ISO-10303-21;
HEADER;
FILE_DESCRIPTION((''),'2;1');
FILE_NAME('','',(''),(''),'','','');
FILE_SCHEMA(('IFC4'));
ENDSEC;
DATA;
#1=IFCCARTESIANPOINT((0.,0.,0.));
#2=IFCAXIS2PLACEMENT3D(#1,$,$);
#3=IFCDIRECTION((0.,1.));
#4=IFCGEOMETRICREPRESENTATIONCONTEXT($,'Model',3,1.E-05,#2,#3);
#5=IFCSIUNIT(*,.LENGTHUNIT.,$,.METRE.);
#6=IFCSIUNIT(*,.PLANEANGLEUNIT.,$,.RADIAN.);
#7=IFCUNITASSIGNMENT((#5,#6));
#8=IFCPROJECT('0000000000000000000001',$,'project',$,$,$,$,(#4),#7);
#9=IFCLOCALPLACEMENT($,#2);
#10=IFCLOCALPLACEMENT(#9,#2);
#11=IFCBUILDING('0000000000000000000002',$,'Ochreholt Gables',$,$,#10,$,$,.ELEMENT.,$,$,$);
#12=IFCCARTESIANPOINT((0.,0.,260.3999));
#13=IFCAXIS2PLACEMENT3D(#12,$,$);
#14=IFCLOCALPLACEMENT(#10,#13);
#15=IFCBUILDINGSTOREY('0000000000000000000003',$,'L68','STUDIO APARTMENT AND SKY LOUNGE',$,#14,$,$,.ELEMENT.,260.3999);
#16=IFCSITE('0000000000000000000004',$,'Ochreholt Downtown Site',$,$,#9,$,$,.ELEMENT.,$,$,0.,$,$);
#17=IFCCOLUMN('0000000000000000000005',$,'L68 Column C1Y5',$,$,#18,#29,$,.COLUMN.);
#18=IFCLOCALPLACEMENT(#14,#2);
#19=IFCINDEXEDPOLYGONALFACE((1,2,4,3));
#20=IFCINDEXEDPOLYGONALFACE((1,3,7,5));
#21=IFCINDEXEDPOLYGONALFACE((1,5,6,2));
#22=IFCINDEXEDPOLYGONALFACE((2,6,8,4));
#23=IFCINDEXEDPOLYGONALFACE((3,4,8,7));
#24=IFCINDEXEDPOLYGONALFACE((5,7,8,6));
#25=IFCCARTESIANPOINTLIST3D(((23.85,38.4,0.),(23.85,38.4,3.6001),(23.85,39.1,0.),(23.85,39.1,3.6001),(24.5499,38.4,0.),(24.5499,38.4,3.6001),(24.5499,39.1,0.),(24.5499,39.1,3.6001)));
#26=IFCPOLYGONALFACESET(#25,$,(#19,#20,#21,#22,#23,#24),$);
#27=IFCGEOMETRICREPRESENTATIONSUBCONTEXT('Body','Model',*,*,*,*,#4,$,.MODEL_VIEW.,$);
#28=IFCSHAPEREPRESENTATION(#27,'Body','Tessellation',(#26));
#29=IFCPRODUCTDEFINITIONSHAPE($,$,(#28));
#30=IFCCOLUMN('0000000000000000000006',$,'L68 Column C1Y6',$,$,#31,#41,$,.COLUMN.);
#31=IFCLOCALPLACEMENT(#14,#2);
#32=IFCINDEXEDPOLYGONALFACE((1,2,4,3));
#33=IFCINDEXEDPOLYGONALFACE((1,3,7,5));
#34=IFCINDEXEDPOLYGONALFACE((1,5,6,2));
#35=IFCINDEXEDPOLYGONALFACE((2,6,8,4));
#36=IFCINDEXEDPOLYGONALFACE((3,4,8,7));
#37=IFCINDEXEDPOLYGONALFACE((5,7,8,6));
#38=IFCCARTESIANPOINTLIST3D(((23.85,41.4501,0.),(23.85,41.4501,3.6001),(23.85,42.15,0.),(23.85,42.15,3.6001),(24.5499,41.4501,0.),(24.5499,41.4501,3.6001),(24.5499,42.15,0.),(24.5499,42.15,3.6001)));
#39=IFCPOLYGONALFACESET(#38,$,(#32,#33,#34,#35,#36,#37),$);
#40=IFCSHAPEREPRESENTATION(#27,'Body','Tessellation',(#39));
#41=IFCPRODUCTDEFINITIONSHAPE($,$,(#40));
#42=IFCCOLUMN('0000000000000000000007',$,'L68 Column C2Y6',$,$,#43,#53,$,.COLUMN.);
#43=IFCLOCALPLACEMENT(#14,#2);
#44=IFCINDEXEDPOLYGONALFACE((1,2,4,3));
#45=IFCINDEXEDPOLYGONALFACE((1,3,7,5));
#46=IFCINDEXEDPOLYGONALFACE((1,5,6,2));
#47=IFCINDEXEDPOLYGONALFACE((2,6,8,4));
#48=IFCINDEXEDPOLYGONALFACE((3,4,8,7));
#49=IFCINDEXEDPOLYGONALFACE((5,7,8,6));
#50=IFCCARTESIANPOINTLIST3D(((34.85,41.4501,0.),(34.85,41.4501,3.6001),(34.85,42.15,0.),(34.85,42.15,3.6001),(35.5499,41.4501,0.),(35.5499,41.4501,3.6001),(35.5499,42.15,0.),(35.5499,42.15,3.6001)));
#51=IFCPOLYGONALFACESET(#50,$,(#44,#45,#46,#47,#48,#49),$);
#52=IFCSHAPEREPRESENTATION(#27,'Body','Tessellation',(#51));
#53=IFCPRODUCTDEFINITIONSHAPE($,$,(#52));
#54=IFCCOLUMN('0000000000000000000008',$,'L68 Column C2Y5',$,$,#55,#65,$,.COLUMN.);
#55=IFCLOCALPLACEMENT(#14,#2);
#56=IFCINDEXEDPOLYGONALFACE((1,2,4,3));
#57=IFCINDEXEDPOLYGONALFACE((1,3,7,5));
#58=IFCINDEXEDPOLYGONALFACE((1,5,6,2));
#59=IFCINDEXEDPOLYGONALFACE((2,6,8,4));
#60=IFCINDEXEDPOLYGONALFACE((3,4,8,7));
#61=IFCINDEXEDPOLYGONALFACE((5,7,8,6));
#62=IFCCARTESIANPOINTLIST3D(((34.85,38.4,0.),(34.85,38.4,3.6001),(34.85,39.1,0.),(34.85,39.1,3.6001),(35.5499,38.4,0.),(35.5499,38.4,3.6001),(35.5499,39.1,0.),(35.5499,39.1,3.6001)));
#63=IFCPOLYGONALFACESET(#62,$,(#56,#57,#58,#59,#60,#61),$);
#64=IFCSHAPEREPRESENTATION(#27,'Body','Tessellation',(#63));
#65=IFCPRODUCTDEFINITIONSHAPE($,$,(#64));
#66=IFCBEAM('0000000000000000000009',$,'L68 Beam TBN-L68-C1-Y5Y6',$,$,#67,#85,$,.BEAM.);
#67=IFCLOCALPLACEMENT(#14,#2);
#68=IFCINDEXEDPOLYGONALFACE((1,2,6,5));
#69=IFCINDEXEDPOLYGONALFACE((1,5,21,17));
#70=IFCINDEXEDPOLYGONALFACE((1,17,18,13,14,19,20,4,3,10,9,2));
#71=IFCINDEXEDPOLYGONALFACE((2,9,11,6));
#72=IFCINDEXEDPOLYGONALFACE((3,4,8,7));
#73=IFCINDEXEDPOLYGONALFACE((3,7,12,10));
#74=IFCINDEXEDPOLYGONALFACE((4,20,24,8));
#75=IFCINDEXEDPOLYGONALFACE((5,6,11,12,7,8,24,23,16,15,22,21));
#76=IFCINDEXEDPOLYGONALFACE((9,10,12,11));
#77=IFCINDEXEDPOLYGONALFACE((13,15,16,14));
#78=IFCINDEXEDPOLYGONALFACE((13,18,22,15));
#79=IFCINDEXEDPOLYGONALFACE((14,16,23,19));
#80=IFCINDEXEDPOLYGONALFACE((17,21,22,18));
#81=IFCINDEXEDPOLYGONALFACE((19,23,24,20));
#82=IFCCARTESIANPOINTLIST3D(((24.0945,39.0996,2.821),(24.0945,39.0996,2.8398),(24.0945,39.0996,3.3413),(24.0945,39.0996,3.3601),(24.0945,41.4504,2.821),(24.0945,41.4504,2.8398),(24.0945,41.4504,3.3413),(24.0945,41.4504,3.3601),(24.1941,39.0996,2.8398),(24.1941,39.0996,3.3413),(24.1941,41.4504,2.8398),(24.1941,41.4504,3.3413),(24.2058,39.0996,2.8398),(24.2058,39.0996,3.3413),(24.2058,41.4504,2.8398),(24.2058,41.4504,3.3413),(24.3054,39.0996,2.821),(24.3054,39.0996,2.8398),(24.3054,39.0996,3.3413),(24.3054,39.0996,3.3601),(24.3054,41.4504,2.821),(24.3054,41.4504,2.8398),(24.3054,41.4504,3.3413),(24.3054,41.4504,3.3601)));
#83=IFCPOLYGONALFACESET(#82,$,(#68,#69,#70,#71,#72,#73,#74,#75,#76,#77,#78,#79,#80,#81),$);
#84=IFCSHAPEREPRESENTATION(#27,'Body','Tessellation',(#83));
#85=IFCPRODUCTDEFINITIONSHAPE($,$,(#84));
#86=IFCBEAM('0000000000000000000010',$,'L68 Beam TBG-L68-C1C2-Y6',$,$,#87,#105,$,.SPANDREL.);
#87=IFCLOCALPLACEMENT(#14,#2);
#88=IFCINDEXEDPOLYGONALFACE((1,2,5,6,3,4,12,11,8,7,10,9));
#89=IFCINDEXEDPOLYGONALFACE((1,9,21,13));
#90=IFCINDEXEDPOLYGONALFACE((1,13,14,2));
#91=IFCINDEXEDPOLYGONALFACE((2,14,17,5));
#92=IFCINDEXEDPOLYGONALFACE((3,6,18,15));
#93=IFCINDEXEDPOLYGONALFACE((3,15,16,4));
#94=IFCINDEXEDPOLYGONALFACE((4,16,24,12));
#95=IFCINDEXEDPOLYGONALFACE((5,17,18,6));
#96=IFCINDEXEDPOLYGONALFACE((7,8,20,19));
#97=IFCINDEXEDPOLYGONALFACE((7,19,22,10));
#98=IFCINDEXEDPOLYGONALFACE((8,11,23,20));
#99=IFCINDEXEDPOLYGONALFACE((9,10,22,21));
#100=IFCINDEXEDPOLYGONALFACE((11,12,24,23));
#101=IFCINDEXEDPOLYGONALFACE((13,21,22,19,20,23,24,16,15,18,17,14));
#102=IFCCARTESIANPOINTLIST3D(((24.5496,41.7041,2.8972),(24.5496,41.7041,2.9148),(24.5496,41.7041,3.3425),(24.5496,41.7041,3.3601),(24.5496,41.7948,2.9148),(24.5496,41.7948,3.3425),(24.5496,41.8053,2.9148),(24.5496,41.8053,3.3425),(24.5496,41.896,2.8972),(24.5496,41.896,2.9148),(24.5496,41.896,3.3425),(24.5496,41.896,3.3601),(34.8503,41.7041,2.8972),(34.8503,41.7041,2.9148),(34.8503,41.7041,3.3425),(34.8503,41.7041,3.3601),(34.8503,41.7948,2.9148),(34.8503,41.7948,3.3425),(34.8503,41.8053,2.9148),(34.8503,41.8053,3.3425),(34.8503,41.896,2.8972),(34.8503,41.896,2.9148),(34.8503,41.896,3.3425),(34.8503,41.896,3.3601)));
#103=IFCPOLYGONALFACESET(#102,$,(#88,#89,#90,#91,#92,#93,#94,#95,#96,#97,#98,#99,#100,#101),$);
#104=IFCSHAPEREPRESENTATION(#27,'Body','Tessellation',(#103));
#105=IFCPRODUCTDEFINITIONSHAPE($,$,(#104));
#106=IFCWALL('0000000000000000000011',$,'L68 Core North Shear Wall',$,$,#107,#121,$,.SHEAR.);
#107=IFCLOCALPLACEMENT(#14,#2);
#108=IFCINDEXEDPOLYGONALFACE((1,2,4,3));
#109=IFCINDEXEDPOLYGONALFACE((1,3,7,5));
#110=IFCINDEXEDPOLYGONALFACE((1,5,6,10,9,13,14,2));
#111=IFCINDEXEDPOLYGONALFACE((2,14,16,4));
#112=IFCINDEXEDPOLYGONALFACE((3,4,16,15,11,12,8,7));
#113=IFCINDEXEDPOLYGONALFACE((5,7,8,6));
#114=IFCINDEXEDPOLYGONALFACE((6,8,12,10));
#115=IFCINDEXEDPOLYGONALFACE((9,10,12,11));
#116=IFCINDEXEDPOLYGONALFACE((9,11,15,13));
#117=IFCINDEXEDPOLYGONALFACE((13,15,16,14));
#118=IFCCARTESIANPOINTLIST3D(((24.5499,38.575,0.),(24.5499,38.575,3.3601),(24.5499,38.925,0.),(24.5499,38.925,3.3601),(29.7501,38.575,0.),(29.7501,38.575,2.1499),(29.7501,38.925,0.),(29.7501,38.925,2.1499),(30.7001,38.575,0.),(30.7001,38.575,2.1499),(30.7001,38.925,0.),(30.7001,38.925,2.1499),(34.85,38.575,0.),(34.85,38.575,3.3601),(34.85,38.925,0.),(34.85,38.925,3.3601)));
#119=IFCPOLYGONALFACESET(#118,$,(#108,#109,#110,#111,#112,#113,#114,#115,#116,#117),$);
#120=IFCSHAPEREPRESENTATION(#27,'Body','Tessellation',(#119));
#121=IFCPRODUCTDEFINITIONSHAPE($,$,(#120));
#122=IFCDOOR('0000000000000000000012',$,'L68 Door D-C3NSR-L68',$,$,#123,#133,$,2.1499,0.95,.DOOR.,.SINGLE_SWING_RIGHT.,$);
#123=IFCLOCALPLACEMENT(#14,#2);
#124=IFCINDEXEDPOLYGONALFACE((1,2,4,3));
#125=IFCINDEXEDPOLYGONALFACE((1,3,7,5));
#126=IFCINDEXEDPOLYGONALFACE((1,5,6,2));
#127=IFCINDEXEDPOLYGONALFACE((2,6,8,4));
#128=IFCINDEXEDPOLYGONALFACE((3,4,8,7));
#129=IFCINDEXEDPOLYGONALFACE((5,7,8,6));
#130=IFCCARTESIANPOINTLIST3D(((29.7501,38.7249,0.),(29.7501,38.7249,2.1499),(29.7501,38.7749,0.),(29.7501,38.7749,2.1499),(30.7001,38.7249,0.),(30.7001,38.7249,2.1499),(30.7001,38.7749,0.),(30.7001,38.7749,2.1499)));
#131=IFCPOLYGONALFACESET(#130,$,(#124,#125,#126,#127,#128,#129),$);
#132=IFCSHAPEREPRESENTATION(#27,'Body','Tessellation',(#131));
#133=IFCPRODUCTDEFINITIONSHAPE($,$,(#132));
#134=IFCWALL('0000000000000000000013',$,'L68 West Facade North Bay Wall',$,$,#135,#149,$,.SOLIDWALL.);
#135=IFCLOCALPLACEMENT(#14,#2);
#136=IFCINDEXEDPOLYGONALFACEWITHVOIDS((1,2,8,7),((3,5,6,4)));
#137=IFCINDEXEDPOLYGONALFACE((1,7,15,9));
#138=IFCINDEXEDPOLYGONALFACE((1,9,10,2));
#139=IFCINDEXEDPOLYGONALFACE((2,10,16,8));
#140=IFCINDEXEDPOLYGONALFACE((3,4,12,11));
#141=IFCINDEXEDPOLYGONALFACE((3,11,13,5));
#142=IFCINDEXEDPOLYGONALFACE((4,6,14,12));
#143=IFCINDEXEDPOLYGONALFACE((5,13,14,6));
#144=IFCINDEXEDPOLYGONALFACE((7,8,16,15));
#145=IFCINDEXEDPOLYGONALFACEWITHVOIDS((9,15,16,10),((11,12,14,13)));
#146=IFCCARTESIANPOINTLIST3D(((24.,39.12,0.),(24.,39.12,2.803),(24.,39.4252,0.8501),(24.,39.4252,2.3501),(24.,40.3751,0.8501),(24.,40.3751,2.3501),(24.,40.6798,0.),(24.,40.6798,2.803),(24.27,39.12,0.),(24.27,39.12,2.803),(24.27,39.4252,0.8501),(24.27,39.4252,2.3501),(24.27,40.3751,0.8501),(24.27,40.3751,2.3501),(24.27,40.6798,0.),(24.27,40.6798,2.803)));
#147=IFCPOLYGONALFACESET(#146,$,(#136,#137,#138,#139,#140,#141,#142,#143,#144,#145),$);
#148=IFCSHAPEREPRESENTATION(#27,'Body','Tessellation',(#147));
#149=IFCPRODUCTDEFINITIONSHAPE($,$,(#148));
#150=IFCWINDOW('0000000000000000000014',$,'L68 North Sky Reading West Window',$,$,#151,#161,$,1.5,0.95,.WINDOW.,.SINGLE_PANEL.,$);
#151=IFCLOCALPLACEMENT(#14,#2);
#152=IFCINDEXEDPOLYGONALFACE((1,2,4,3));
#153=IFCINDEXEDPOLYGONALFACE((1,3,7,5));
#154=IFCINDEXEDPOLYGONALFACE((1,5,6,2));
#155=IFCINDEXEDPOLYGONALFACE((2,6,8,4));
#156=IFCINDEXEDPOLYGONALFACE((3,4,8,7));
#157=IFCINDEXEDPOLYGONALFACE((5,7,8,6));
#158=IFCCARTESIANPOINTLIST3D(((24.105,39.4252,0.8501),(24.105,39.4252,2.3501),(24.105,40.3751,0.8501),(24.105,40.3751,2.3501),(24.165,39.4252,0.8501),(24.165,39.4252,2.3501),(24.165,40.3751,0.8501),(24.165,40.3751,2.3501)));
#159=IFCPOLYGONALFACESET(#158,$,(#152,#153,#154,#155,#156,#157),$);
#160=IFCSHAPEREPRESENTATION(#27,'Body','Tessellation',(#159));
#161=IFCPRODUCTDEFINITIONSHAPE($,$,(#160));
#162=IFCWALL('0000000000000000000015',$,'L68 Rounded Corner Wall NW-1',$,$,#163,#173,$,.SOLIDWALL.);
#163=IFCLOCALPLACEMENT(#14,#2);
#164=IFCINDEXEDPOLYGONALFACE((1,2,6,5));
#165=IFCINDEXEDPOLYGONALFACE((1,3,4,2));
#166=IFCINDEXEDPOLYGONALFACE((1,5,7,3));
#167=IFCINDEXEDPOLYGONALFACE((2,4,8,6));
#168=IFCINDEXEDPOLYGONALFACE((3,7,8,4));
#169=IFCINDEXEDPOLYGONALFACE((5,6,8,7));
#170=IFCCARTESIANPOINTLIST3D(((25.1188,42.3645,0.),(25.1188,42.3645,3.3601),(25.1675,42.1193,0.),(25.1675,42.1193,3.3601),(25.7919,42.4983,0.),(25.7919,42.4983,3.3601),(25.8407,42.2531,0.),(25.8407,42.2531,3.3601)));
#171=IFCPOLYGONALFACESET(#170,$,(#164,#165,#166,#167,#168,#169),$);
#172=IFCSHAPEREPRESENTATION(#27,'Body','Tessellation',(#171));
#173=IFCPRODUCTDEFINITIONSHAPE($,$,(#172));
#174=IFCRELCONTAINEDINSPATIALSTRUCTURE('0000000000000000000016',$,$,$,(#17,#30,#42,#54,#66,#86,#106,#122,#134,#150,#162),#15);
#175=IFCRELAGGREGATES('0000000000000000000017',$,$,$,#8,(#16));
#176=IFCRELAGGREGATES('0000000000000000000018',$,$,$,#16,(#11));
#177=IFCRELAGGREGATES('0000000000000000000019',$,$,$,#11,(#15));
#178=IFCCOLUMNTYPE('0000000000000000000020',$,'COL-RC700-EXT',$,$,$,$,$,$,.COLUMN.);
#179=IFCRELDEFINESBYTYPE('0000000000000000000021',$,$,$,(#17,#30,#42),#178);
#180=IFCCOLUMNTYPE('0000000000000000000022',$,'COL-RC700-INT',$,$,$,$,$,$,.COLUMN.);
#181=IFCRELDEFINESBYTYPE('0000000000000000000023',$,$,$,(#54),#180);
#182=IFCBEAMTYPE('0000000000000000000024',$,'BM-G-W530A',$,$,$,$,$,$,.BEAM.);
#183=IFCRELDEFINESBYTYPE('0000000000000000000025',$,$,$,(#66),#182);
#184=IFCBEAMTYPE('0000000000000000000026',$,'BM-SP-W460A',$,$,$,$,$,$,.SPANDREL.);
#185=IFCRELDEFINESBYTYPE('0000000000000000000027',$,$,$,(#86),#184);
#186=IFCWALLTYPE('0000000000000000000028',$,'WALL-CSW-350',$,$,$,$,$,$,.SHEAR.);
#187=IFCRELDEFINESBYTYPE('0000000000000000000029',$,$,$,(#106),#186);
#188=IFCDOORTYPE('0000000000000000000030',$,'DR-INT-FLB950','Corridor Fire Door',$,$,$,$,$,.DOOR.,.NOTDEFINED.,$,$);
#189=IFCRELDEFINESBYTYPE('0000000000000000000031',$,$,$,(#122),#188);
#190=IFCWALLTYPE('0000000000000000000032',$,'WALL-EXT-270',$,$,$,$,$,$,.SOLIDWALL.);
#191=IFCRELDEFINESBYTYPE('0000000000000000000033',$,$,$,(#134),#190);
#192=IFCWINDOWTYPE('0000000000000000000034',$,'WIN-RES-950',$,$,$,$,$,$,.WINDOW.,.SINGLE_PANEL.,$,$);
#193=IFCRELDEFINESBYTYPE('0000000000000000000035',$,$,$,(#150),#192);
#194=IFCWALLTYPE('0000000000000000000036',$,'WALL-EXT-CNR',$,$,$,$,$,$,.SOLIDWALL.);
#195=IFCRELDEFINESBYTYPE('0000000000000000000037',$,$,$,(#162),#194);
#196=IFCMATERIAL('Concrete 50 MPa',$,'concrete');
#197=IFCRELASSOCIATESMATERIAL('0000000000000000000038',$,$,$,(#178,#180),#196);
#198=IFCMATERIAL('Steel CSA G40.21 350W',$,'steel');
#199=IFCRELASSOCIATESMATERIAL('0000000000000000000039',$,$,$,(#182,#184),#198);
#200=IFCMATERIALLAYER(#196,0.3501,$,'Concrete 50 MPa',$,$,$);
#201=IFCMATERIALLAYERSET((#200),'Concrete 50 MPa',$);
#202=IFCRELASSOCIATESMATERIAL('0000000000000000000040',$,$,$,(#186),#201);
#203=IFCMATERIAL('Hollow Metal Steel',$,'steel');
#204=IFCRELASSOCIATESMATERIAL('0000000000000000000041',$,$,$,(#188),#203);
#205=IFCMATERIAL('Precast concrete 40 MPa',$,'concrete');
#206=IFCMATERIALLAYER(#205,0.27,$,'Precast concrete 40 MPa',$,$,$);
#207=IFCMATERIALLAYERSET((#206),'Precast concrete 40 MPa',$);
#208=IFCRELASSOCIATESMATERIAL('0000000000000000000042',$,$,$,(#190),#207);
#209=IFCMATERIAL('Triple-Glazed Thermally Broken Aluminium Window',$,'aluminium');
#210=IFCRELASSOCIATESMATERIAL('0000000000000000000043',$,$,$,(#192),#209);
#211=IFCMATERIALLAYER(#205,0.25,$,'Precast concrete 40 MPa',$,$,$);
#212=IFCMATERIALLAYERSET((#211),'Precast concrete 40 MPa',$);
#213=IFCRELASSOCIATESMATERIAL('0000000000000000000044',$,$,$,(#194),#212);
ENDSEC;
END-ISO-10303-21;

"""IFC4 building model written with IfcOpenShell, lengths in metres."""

from ifc_helpers import new_model, si_unit, direction, frame, frame_2d, origin, origin_2d, place, context, subcontext, project, spatial, rectangle, i_section, extrude, material, layer, layer_set, material_profile, profile_set, type_object, element, fill, save


model = new_model("IFC4")

# Units and contexts
model_context = context("Model", 3, precision=1e-05, world=origin(), true_north=direction((0.0, 1.0)))
body_context = subcontext(model_context, "Body", "Model", "MODEL_VIEW")
ifc_project = project(units=[si_unit("LENGTHUNIT", "METRE"), si_unit("PLANEANGLEUNIT", "RADIAN")], contexts=[model_context])

# Site, building, storey
site_placement = place(None, origin())
site = spatial("IfcSite", under=ifc_project, at=site_placement, Name="Ochreholt Downtown Site", CompositionType="ELEMENT", RefElevation=0.0)
building_placement = place(site_placement, origin())
building = spatial("IfcBuilding", under=site, at=building_placement, Name="Ochreholt Gables", CompositionType="ELEMENT")
storey_placement = place(building_placement, frame((0.0, 0.0, 260.3999)))
storey = spatial("IfcBuildingStorey", under=building, at=storey_placement, Name="L68", Description="STUDIO APARTMENT AND SKY LOUNGE", CompositionType="ELEMENT", Elevation=260.3999)

# Columns
ifc_material_1 = material(Name="Concrete 50 MPa", Category="concrete")
ifc_material_profile_1 = material_profile(ifc_material_1, rectangle(XDim=0.7, YDim=0.7, at=origin_2d()), Name="RC700X700")
ifc_profile_set_1 = profile_set([ifc_material_profile_1], Name="Concrete 50 MPa")
column_type_1 = type_object("IfcColumnType", Name="COL-RC700-EXT", PredefinedType="COLUMN", material=ifc_profile_set_1)
for number, where, z_axis, x_axis, name in (
    (1, (24.2, 38.75, 0.0), (0.0, 0.0, 1.0), (1.0, 0.0, 0.0), "L68 Column C1Y5"),
    (2, (24.2, 41.8, 0.0), (0.0, 0.0, 1.0), (1.0, 0.0, 0.0), "L68 Column C1Y6"),
    (3, (35.2, 41.8, 0.0), (0.0, 0.0, 1.0), (1.0, 0.0, 0.0), "L68 Column C2Y6"),
):
    element("IfcColumn", number, at=place(storey_placement, frame(where, z_axis=z_axis, x_axis=x_axis)), inside=storey, type_object=column_type_1, Name=name, PredefinedType="COLUMN", context=body_context, shape_type="SweptSolid", body=[
        extrude(rectangle(XDim=0.7, YDim=0.7, at=origin_2d()), origin(), (0.0, 0.0, 1.0), 3.6001),
    ])
ifc_material_profile_2 = material_profile(ifc_material_1, rectangle(XDim=0.7, YDim=0.7, at=origin_2d()), Name="RC700X700")
ifc_profile_set_2 = profile_set([ifc_material_profile_2], Name="Concrete 50 MPa")
column_type_2 = type_object("IfcColumnType", Name="COL-RC700-INT", PredefinedType="COLUMN", material=ifc_profile_set_2)
column_placement = place(storey_placement, frame((35.2, 38.75, 0.0), z_axis=(0.0, 0.0, 1.0), x_axis=(1.0, 0.0, 0.0)))
element("IfcColumn", 4, at=column_placement, inside=storey, type_object=column_type_2, Name="L68 Column C2Y5", PredefinedType="COLUMN", context=body_context, shape_type="SweptSolid", body=[
    extrude(rectangle(XDim=0.7, YDim=0.7, at=origin_2d()), origin(), (0.0, 0.0, 1.0), 3.6001),
])

# Beams
ifc_material_2 = material(Name="Steel CSA G40.21 350W", Category="steel")
ifc_material_profile_3 = material_profile(ifc_material_2, i_section(OverallWidth=0.2109, OverallDepth=0.5391, WebThickness=0.0117, FlangeThickness=0.0188, at=origin_2d()), Name="W530X109")
ifc_profile_set_3 = profile_set([ifc_material_profile_3], Name="Steel CSA G40.21 350W")
beam_type_1 = type_object("IfcBeamType", Name="BM-G-W530A", PredefinedType="BEAM", material=ifc_profile_set_3)
beam_1_placement = place(storey_placement, frame((24.2, 39.0996, 3.0906), z_axis=(0.0, 1.0, 0.0), x_axis=(-1.0, 0.0, 0.0)))
element("IfcBeam", 5, at=beam_1_placement, inside=storey, type_object=beam_type_1, Name="L68 Beam TBN-L68-C1-Y5Y6", PredefinedType="BEAM", context=body_context, shape_type="SweptSolid", body=[
    extrude(i_section(OverallWidth=0.2109, OverallDepth=0.5391, WebThickness=0.0117, FlangeThickness=0.0188, at=origin_2d()), origin(), (0.0, 0.0, 1.0), 2.3508),
])
ifc_material_profile_4 = material_profile(ifc_material_2, i_section(OverallWidth=0.1919, OverallDepth=0.4629, WebThickness=0.0105, FlangeThickness=0.0176, at=origin_2d()), Name="W460X89")
ifc_profile_set_4 = profile_set([ifc_material_profile_4], Name="Steel CSA G40.21 350W")
beam_type_2 = type_object("IfcBeamType", Name="BM-SP-W460A", PredefinedType="SPANDREL", material=ifc_profile_set_4)
beam_2_placement = place(storey_placement, frame((24.5496, 41.8, 3.1287), z_axis=(1.0, 0.0, 0.0), x_axis=(0.0, 1.0, 0.0)))
element("IfcBeam", 6, at=beam_2_placement, inside=storey, type_object=beam_type_2, Name="L68 Beam TBG-L68-C1C2-Y6", PredefinedType="SPANDREL", context=body_context, shape_type="SweptSolid", body=[
    extrude(i_section(OverallWidth=0.1919, OverallDepth=0.4629, WebThickness=0.0105, FlangeThickness=0.0176, at=origin_2d()), origin(), (0.0, 0.0, 1.0), 10.3008),
])

# Wall, opening, door
ifc_layer_1 = layer(ifc_material_1, 0.3501, Name="Concrete 50 MPa")
ifc_layer_set_1 = layer_set([ifc_layer_1], Name="Concrete 50 MPa")
wall_type_1 = type_object("IfcWallType", Name="WALL-CSW-350", PredefinedType="SHEAR", material=ifc_layer_set_1)
wall_1_placement = place(storey_placement, frame((24.55, 38.75, 0.0), z_axis=(0.0, 0.0, 1.0), x_axis=(1.0, 0.0, 0.0)))
wall_1 = element("IfcWall", 7, at=wall_1_placement, inside=storey, type_object=wall_type_1, Name="L68 Core North Shear Wall", PredefinedType="SHEAR", context=body_context, shape_type="SweptSolid", body=[
    extrude(rectangle(XDim=10.3, YDim=0.3501, at=frame_2d((5.1499, 0.0))), origin(), (0.0, 0.0, 1.0), 3.3601),
])
opening_1_placement = place(wall_1_placement, frame((5.2, 0.0, 0.0)))
opening_1 = element("IfcOpeningElement", 8, at=opening_1_placement, cuts=wall_1, PredefinedType="OPENING", context=body_context, shape_type="SweptSolid", body=[
    extrude(rectangle(XDim=0.95, YDim=2.1499, at=frame_2d((0.4751, 1.075))), frame((0.0, 0.1851, 0.0), z_axis=(0.0, -1.0, 0.0), x_axis=(1.0, 0.0, 0.0)), (0.0, 0.0, 1.0), 0.3701),
])
ifc_material_3 = material(Name="Hollow Metal Steel", Category="steel")
door_type_1 = type_object("IfcDoorType", Name="DR-INT-FLB950", Description="Corridor Fire Door", OperationType="NOTDEFINED", PredefinedType="DOOR", material=ifc_material_3)
door_1_placement = place(opening_1_placement, origin())
door_1 = element("IfcDoor", 9, at=door_1_placement, inside=storey, type_object=door_type_1, Name="L68 Door D-C3NSR-L68", OperationType="SINGLE_SWING_RIGHT", OverallHeight=2.1499, OverallWidth=0.95, PredefinedType="DOOR", context=body_context, shape_type="SweptSolid", body=[
    extrude(rectangle(XDim=0.95, YDim=2.1499, at=frame_2d((0.4751, 1.075))), frame((0.0, 0.0249, 0.0), z_axis=(0.0, -1.0, 0.0), x_axis=(1.0, 0.0, 0.0)), (0.0, 0.0, 1.0), 0.05),
])
fill(opening_1, door_1)

# Wall, opening, window
ifc_material_4 = material(Name="Precast concrete 40 MPa", Category="concrete")
ifc_layer_2 = layer(ifc_material_4, 0.27, Name="Precast concrete 40 MPa")
ifc_layer_set_2 = layer_set([ifc_layer_2], Name="Precast concrete 40 MPa")
wall_type_2 = type_object("IfcWallType", Name="WALL-EXT-270", PredefinedType="SOLIDWALL", material=ifc_layer_set_2)
wall_2_placement = place(storey_placement, frame((24.135, 39.1201, 0.0), z_axis=(0.0, 0.0, 1.0), x_axis=(0.0, 1.0, 0.0)))
wall_2 = element("IfcWall", 10, at=wall_2_placement, inside=storey, type_object=wall_type_2, Name="L68 West Facade North Bay Wall", PredefinedType="SOLIDWALL", context=body_context, shape_type="SweptSolid", body=[
    extrude(rectangle(XDim=1.5598, YDim=0.27, at=frame_2d((0.7798, 0.0))), origin(), (0.0, 0.0, 1.0), 2.803),
])
opening_2_placement = place(wall_2_placement, frame((0.3049, 0.0, 0.8501)))
opening_2 = element("IfcOpeningElement", 11, at=opening_2_placement, cuts=wall_2, PredefinedType="OPENING", context=body_context, shape_type="SweptSolid", body=[
    extrude(rectangle(XDim=0.95, YDim=1.5, at=frame_2d((0.4751, 0.75))), frame((0.0, 0.145, 0.0), z_axis=(0.0, -1.0, 0.0), x_axis=(1.0, 0.0, 0.0)), (0.0, 0.0, 1.0), 0.29),
])
ifc_material_5 = material(Name="Triple-Glazed Thermally Broken Aluminium Window", Category="aluminium")
window_type = type_object("IfcWindowType", Name="WIN-RES-950", PartitioningType="SINGLE_PANEL", PredefinedType="WINDOW", material=ifc_material_5)
window_placement = place(opening_2_placement, origin())
window = element("IfcWindow", 12, at=window_placement, inside=storey, type_object=window_type, Name="L68 North Sky Reading West Window", OverallHeight=1.5, OverallWidth=0.95, PartitioningType="SINGLE_PANEL", PredefinedType="WINDOW", context=body_context, shape_type="SweptSolid", body=[
    extrude(rectangle(XDim=0.95, YDim=1.5, at=frame_2d((0.4751, 0.75))), frame((0.0, 0.03, 0.0), z_axis=(0.0, -1.0, 0.0), x_axis=(1.0, 0.0, 0.0)), (0.0, 0.0, 1.0), 0.0601),
])
fill(opening_2, window)

# Wall
ifc_layer_3 = layer(ifc_material_4, 0.25, Name="Precast concrete 40 MPa")
ifc_layer_set_3 = layer_set([ifc_layer_3], Name="Precast concrete 40 MPa")
wall_type_3 = type_object("IfcWallType", Name="WALL-EXT-CNR", PredefinedType="SOLIDWALL", material=ifc_layer_set_3)
wall_3_placement = place(storey_placement, frame((25.8164, 42.3757, 0.0), z_axis=(0.0, 0.0, 1.0), x_axis=(-0.980813, -0.194953, 0.0)))
element("IfcWall", 13, at=wall_3_placement, inside=storey, type_object=wall_type_3, Name="L68 Rounded Corner Wall NW-1", PredefinedType="SOLIDWALL", context=body_context, shape_type="SweptSolid", body=[
    extrude(rectangle(XDim=0.6863, YDim=0.25, at=frame_2d((0.3433, 0.0))), origin(), (0.0, 0.0, 1.0), 3.3601),
])

save(model, "model.ifc")
